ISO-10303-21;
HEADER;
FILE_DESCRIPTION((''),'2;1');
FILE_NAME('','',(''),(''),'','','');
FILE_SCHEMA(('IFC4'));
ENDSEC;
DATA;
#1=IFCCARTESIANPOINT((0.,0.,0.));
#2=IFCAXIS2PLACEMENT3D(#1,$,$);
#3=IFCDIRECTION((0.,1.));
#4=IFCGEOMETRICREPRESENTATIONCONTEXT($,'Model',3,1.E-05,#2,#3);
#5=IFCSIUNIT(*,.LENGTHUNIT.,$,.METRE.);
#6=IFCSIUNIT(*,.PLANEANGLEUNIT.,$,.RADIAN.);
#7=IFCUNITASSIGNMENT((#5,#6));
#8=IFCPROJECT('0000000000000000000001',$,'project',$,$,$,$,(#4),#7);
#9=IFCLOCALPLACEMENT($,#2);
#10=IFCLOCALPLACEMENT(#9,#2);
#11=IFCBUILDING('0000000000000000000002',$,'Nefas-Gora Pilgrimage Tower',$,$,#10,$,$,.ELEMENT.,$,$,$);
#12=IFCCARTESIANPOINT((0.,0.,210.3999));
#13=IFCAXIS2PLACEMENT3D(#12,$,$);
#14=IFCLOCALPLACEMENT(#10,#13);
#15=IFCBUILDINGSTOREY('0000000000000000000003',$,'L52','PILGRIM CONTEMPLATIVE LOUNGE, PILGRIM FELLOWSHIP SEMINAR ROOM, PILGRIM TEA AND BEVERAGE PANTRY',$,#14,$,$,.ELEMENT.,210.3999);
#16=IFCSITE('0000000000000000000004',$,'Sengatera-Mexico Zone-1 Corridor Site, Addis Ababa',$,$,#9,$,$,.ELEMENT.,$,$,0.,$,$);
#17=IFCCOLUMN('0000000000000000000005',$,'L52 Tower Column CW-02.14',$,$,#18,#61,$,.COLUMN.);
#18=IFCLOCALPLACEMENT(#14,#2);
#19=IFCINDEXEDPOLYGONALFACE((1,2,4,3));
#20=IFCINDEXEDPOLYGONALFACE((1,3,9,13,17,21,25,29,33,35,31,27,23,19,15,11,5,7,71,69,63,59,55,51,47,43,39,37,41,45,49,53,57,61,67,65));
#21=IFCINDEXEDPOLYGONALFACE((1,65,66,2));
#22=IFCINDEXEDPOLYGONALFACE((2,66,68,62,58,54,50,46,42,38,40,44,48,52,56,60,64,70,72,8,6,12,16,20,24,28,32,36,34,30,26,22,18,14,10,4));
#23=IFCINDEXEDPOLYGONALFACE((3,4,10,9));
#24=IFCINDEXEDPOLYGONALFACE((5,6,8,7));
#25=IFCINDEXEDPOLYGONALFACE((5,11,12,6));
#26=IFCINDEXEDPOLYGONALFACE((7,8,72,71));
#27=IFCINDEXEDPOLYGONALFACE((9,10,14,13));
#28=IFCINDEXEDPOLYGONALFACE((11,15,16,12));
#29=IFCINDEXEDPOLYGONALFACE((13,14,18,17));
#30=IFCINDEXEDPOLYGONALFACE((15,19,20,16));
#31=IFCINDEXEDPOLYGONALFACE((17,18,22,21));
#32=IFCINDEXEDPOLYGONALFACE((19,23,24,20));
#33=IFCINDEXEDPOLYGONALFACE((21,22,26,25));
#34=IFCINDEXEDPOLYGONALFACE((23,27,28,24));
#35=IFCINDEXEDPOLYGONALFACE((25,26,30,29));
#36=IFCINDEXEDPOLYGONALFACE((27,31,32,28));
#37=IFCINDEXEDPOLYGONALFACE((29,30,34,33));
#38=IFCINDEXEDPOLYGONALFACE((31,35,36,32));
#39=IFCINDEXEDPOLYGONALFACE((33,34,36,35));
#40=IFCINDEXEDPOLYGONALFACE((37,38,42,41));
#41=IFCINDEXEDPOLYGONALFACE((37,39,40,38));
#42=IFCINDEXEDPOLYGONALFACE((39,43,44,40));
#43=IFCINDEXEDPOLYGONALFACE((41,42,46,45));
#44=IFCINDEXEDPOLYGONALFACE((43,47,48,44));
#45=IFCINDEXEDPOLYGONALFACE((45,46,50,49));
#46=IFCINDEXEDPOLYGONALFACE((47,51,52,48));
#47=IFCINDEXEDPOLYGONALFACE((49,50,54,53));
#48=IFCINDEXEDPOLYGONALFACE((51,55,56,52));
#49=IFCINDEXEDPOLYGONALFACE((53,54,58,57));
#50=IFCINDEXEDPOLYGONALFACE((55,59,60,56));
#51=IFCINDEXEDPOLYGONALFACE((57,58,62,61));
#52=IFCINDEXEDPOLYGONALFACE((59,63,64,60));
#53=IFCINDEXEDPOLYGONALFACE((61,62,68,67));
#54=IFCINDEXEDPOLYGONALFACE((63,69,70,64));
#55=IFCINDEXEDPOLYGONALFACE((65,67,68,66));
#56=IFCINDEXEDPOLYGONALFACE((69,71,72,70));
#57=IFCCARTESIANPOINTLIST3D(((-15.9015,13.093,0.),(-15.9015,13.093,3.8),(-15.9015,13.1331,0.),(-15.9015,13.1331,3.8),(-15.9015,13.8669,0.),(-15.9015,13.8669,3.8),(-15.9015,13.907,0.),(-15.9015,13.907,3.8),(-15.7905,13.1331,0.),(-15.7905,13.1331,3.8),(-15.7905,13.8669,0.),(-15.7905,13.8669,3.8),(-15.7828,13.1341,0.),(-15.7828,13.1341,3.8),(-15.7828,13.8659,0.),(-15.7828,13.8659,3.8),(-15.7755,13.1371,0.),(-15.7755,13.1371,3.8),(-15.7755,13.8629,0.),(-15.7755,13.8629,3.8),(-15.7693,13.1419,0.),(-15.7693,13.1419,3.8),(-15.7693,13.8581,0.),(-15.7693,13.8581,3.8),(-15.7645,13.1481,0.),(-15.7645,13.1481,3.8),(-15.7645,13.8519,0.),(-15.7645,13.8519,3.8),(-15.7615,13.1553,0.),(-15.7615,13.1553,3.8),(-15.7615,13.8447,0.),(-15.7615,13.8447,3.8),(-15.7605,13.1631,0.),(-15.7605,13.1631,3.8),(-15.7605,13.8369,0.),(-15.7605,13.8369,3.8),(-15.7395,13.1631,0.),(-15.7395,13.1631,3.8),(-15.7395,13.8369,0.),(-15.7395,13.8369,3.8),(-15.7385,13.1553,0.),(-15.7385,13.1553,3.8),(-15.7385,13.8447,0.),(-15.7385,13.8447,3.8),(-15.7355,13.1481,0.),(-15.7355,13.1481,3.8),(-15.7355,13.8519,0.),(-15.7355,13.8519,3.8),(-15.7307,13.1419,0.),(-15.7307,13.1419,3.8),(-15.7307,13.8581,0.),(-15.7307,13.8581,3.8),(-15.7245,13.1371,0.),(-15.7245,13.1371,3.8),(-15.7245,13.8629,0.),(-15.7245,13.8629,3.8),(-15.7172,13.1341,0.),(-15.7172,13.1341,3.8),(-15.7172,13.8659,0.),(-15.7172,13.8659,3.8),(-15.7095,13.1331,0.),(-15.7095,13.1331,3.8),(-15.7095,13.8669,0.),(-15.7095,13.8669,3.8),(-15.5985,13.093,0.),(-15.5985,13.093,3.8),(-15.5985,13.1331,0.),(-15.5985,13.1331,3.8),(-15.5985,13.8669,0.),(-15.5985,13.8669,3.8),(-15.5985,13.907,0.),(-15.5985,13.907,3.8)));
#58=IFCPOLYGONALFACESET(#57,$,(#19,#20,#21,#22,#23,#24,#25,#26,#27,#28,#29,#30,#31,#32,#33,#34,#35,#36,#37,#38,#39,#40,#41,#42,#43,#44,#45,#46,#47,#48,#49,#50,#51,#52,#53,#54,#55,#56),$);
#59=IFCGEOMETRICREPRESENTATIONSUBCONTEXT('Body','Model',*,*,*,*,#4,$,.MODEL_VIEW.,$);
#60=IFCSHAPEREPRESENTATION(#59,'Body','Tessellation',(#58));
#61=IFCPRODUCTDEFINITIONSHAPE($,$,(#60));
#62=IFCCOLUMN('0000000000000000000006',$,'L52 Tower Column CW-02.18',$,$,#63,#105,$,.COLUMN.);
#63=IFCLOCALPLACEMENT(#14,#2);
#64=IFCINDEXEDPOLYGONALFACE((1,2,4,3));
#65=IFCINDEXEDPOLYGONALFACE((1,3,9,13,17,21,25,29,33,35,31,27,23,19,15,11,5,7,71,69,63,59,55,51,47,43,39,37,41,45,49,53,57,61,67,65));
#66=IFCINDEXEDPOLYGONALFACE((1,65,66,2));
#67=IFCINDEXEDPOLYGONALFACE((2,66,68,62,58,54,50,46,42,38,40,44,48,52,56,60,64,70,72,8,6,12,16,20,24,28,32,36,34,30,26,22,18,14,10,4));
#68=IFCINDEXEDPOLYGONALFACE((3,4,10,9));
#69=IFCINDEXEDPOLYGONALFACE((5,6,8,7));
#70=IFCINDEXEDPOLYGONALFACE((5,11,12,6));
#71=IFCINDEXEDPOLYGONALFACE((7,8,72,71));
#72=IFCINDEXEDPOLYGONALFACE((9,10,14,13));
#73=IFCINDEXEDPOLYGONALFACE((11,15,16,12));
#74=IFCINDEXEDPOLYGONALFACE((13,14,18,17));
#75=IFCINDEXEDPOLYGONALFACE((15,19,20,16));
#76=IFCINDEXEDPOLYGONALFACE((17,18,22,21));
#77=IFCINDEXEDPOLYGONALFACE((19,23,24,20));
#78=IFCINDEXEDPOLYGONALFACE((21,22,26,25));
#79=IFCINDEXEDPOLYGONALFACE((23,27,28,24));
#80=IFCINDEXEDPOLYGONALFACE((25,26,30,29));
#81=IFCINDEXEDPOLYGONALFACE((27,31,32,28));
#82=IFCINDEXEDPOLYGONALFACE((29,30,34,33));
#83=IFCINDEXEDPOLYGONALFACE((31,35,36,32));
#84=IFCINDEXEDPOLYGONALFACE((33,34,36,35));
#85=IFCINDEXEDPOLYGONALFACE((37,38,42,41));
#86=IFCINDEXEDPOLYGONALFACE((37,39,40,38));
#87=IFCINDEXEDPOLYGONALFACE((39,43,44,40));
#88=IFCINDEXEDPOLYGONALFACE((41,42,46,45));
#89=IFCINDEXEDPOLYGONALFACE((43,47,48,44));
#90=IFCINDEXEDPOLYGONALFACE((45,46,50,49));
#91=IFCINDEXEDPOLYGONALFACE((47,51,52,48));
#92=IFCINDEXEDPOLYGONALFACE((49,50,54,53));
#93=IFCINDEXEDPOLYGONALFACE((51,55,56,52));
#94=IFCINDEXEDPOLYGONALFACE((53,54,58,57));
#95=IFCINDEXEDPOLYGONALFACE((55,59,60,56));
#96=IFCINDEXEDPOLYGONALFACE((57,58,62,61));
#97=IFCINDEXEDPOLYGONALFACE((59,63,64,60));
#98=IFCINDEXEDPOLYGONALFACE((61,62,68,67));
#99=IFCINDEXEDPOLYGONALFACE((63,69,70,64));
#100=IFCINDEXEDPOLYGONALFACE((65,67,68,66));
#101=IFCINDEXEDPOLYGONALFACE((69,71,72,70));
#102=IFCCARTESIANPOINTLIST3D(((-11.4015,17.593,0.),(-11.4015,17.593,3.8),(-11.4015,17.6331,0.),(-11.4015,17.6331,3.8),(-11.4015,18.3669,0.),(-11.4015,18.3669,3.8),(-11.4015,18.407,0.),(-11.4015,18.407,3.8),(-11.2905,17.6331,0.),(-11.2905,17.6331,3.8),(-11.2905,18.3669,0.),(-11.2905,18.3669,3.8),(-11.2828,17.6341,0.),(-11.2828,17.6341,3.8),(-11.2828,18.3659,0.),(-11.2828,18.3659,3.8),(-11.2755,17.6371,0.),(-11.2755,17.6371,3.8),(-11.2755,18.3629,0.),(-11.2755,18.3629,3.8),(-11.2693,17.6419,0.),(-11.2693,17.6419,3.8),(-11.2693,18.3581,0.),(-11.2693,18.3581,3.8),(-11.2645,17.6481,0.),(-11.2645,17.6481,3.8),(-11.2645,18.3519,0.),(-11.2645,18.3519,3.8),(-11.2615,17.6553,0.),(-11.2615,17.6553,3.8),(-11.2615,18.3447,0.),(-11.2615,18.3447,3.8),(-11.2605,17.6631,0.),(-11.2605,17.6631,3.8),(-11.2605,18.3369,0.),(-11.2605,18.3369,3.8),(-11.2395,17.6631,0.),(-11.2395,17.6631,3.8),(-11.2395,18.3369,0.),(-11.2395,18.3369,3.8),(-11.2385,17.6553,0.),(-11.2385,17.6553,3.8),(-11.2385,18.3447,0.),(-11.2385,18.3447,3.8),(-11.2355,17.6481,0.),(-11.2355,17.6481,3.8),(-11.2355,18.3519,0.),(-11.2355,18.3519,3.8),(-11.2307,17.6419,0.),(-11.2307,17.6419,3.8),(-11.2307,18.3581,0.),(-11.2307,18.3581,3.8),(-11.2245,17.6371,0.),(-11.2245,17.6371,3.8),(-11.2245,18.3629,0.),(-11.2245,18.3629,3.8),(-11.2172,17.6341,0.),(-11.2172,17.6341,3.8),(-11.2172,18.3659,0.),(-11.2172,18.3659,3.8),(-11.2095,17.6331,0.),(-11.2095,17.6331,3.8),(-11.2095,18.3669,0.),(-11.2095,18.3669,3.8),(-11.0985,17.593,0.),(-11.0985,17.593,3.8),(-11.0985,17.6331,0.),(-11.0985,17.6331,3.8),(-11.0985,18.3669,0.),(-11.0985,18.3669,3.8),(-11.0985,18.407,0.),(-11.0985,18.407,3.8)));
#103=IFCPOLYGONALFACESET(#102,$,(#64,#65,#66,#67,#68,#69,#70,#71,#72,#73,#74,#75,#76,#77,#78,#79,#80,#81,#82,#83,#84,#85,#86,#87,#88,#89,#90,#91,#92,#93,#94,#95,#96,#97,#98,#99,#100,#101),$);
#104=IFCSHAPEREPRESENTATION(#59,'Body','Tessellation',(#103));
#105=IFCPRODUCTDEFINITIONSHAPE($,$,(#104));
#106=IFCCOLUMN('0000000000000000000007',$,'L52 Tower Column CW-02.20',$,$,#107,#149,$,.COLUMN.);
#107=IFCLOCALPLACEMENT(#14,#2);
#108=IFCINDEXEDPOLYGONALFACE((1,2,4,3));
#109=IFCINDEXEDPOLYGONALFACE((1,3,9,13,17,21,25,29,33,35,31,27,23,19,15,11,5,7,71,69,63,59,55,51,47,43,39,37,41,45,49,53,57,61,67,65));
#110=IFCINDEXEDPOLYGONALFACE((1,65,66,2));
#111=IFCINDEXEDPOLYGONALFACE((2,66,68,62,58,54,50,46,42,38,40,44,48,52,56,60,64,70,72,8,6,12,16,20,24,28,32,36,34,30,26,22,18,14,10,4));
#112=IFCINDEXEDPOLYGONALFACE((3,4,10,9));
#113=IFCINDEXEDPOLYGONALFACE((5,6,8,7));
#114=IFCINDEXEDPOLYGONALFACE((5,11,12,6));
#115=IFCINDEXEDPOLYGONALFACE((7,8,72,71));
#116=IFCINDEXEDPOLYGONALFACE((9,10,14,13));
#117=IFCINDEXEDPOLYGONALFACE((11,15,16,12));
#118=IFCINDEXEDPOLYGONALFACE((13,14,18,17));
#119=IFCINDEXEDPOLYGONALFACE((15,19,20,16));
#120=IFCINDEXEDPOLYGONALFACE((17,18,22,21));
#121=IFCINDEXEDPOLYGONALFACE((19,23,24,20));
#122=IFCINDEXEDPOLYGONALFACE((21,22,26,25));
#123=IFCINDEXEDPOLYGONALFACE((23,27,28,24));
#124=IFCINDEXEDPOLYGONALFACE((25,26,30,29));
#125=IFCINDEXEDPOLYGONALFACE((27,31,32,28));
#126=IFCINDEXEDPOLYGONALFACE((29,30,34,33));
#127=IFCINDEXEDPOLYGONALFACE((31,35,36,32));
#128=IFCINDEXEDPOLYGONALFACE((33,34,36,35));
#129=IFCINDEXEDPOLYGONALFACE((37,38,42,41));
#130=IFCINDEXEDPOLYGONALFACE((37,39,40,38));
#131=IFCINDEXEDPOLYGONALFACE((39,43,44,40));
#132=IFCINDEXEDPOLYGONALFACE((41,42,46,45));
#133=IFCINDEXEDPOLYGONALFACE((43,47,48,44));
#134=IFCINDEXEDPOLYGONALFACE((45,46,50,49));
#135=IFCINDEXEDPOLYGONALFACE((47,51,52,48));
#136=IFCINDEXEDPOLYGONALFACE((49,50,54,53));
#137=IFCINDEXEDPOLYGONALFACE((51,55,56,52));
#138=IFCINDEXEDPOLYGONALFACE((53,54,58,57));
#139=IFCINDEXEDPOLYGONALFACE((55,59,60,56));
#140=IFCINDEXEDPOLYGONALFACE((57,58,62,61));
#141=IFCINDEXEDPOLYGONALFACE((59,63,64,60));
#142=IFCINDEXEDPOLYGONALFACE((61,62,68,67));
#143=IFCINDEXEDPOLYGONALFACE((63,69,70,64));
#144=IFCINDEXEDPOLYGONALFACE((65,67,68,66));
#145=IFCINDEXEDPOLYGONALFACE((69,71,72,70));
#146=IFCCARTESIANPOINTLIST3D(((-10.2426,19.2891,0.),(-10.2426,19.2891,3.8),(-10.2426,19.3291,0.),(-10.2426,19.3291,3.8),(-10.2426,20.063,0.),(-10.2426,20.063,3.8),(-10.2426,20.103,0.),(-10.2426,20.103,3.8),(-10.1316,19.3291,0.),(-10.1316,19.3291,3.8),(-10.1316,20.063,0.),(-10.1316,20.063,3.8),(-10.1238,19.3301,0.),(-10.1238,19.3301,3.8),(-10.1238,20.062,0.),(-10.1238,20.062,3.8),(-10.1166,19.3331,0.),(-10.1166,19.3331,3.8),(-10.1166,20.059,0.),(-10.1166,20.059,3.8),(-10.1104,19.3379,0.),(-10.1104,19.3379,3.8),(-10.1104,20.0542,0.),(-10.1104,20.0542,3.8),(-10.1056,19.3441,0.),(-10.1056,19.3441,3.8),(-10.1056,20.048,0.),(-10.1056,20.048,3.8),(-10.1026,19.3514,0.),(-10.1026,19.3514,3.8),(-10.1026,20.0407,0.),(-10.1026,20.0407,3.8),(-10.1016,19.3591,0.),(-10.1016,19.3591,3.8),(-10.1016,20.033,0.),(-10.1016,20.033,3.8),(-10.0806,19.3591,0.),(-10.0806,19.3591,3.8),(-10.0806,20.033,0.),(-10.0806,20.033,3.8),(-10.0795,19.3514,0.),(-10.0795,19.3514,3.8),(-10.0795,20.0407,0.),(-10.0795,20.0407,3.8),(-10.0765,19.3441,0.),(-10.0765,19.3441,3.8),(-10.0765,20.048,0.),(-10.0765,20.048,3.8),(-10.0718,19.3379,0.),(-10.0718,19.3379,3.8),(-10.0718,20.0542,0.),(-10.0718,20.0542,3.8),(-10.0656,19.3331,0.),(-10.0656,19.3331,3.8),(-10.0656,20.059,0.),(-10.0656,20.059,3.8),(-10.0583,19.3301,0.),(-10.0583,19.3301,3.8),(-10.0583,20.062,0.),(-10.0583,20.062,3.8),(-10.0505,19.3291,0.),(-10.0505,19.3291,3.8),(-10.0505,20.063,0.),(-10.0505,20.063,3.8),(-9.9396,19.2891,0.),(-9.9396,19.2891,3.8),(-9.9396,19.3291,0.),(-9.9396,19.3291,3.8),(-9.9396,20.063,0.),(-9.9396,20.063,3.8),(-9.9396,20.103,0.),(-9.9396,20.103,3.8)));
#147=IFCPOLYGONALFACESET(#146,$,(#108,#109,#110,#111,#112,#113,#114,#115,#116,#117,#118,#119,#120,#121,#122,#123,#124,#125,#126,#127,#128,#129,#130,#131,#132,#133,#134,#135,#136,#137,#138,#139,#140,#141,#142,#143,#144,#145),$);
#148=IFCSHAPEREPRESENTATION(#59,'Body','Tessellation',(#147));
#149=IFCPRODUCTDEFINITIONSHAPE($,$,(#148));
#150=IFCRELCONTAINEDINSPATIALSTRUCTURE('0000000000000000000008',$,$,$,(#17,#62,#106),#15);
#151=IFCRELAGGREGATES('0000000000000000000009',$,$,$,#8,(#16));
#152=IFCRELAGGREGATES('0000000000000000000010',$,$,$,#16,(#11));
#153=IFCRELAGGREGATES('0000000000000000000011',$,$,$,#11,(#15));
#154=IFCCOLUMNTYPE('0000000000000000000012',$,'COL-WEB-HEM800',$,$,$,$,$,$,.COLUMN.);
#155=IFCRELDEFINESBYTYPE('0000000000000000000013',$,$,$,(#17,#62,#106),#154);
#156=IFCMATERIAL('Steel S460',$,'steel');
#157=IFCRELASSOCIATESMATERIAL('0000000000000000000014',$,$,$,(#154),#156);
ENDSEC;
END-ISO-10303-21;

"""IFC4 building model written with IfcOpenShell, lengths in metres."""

from ifc_helpers import new_model, si_unit, direction, frame, origin, origin_2d, place, context, subcontext, project, spatial, i_section, extrude, source, transform, mapped, material, material_profile, profile_set, type_object, element, save


model = new_model("IFC4")

# Units and contexts
model_context = context("Model", 3, precision=1e-05, world=origin(), true_north=direction((0.0, 1.0)))
body_context = subcontext(model_context, "Body", "Model", "MODEL_VIEW")
ifc_project = project(units=[si_unit("LENGTHUNIT", "METRE"), si_unit("PLANEANGLEUNIT", "RADIAN")], contexts=[model_context])

# Site, building, storey
site_placement = place(None, origin())
site = spatial("IfcSite", under=ifc_project, at=site_placement, Name="Sengatera-Mexico Zone-1 Corridor Site, Addis Ababa", CompositionType="ELEMENT", RefElevation=0.0)
building_placement = place(site_placement, origin())
building = spatial("IfcBuilding", under=site, at=building_placement, Name="Nefas-Gora Pilgrimage Tower", CompositionType="ELEMENT")
storey_placement = place(building_placement, frame((0.0, 0.0, 210.3999)))
storey = spatial("IfcBuildingStorey", under=building, at=storey_placement, Name="L52", Description="PILGRIM CONTEMPLATIVE LOUNGE, PILGRIM FELLOWSHIP SEMINAR ROOM, PILGRIM TEA AND BEVERAGE PANTRY", CompositionType="ELEMENT", Elevation=210.3999)

# Columns
ifc_material_1 = material(Name="Steel S460", Category="steel")
ifc_material_profile_1 = material_profile(ifc_material_1, i_section(OverallWidth=0.303, OverallDepth=0.814, WebThickness=0.021, FlangeThickness=0.04, FilletRadius=0.03, at=origin_2d()), Name="HEM 800")
ifc_profile_set_1 = profile_set([ifc_material_profile_1], Name="Steel S460")
column_type_1 = type_object("IfcColumnType", Name="COL-WEB-HEM800", PredefinedType="COLUMN", material=ifc_profile_set_1)
shared_shape_1 = source(origin(), body_context, "Body", "SweptSolid", [
    extrude(i_section(OverallWidth=0.303, OverallDepth=0.814, WebThickness=0.021, FlangeThickness=0.04, FilletRadius=0.03, at=origin_2d()), origin(), (0.0, 0.0, 1.0), 3.8),
])
for number, where, z_axis, x_axis, name in (
    (1, (-15.75, 13.5, 0.0), (0.0, 0.0, 1.0), (1.0, 0.0, 0.0), "L52 Tower Column CW-02.14"),
    (2, (-11.25, 18.0, 0.0), (0.0, 0.0, 1.0), (1.0, 0.0, 0.0), "L52 Tower Column CW-02.18"),
    (3, (-10.0911, 19.696, 0.0), (0.0, 0.0, 1.0), (1.0, 0.0, 0.0), "L52 Tower Column CW-02.20"),
):
    element("IfcColumn", number, at=place(storey_placement, frame(where, z_axis=z_axis, x_axis=x_axis)), inside=storey, type_object=column_type_1, Name=name, PredefinedType="COLUMN", context=body_context, shape_type="MappedRepresentation", body=[
        mapped(shared_shape_1, transform((0.0, 0.0, 0.0), x_axis=(1.0, 0.0, 0.0), y_axis=(0.0, 1.0, 0.0), z_axis=(0.0, 0.0, 1.0), scale=1.0)),
    ])

save(model, "model.ifc")
